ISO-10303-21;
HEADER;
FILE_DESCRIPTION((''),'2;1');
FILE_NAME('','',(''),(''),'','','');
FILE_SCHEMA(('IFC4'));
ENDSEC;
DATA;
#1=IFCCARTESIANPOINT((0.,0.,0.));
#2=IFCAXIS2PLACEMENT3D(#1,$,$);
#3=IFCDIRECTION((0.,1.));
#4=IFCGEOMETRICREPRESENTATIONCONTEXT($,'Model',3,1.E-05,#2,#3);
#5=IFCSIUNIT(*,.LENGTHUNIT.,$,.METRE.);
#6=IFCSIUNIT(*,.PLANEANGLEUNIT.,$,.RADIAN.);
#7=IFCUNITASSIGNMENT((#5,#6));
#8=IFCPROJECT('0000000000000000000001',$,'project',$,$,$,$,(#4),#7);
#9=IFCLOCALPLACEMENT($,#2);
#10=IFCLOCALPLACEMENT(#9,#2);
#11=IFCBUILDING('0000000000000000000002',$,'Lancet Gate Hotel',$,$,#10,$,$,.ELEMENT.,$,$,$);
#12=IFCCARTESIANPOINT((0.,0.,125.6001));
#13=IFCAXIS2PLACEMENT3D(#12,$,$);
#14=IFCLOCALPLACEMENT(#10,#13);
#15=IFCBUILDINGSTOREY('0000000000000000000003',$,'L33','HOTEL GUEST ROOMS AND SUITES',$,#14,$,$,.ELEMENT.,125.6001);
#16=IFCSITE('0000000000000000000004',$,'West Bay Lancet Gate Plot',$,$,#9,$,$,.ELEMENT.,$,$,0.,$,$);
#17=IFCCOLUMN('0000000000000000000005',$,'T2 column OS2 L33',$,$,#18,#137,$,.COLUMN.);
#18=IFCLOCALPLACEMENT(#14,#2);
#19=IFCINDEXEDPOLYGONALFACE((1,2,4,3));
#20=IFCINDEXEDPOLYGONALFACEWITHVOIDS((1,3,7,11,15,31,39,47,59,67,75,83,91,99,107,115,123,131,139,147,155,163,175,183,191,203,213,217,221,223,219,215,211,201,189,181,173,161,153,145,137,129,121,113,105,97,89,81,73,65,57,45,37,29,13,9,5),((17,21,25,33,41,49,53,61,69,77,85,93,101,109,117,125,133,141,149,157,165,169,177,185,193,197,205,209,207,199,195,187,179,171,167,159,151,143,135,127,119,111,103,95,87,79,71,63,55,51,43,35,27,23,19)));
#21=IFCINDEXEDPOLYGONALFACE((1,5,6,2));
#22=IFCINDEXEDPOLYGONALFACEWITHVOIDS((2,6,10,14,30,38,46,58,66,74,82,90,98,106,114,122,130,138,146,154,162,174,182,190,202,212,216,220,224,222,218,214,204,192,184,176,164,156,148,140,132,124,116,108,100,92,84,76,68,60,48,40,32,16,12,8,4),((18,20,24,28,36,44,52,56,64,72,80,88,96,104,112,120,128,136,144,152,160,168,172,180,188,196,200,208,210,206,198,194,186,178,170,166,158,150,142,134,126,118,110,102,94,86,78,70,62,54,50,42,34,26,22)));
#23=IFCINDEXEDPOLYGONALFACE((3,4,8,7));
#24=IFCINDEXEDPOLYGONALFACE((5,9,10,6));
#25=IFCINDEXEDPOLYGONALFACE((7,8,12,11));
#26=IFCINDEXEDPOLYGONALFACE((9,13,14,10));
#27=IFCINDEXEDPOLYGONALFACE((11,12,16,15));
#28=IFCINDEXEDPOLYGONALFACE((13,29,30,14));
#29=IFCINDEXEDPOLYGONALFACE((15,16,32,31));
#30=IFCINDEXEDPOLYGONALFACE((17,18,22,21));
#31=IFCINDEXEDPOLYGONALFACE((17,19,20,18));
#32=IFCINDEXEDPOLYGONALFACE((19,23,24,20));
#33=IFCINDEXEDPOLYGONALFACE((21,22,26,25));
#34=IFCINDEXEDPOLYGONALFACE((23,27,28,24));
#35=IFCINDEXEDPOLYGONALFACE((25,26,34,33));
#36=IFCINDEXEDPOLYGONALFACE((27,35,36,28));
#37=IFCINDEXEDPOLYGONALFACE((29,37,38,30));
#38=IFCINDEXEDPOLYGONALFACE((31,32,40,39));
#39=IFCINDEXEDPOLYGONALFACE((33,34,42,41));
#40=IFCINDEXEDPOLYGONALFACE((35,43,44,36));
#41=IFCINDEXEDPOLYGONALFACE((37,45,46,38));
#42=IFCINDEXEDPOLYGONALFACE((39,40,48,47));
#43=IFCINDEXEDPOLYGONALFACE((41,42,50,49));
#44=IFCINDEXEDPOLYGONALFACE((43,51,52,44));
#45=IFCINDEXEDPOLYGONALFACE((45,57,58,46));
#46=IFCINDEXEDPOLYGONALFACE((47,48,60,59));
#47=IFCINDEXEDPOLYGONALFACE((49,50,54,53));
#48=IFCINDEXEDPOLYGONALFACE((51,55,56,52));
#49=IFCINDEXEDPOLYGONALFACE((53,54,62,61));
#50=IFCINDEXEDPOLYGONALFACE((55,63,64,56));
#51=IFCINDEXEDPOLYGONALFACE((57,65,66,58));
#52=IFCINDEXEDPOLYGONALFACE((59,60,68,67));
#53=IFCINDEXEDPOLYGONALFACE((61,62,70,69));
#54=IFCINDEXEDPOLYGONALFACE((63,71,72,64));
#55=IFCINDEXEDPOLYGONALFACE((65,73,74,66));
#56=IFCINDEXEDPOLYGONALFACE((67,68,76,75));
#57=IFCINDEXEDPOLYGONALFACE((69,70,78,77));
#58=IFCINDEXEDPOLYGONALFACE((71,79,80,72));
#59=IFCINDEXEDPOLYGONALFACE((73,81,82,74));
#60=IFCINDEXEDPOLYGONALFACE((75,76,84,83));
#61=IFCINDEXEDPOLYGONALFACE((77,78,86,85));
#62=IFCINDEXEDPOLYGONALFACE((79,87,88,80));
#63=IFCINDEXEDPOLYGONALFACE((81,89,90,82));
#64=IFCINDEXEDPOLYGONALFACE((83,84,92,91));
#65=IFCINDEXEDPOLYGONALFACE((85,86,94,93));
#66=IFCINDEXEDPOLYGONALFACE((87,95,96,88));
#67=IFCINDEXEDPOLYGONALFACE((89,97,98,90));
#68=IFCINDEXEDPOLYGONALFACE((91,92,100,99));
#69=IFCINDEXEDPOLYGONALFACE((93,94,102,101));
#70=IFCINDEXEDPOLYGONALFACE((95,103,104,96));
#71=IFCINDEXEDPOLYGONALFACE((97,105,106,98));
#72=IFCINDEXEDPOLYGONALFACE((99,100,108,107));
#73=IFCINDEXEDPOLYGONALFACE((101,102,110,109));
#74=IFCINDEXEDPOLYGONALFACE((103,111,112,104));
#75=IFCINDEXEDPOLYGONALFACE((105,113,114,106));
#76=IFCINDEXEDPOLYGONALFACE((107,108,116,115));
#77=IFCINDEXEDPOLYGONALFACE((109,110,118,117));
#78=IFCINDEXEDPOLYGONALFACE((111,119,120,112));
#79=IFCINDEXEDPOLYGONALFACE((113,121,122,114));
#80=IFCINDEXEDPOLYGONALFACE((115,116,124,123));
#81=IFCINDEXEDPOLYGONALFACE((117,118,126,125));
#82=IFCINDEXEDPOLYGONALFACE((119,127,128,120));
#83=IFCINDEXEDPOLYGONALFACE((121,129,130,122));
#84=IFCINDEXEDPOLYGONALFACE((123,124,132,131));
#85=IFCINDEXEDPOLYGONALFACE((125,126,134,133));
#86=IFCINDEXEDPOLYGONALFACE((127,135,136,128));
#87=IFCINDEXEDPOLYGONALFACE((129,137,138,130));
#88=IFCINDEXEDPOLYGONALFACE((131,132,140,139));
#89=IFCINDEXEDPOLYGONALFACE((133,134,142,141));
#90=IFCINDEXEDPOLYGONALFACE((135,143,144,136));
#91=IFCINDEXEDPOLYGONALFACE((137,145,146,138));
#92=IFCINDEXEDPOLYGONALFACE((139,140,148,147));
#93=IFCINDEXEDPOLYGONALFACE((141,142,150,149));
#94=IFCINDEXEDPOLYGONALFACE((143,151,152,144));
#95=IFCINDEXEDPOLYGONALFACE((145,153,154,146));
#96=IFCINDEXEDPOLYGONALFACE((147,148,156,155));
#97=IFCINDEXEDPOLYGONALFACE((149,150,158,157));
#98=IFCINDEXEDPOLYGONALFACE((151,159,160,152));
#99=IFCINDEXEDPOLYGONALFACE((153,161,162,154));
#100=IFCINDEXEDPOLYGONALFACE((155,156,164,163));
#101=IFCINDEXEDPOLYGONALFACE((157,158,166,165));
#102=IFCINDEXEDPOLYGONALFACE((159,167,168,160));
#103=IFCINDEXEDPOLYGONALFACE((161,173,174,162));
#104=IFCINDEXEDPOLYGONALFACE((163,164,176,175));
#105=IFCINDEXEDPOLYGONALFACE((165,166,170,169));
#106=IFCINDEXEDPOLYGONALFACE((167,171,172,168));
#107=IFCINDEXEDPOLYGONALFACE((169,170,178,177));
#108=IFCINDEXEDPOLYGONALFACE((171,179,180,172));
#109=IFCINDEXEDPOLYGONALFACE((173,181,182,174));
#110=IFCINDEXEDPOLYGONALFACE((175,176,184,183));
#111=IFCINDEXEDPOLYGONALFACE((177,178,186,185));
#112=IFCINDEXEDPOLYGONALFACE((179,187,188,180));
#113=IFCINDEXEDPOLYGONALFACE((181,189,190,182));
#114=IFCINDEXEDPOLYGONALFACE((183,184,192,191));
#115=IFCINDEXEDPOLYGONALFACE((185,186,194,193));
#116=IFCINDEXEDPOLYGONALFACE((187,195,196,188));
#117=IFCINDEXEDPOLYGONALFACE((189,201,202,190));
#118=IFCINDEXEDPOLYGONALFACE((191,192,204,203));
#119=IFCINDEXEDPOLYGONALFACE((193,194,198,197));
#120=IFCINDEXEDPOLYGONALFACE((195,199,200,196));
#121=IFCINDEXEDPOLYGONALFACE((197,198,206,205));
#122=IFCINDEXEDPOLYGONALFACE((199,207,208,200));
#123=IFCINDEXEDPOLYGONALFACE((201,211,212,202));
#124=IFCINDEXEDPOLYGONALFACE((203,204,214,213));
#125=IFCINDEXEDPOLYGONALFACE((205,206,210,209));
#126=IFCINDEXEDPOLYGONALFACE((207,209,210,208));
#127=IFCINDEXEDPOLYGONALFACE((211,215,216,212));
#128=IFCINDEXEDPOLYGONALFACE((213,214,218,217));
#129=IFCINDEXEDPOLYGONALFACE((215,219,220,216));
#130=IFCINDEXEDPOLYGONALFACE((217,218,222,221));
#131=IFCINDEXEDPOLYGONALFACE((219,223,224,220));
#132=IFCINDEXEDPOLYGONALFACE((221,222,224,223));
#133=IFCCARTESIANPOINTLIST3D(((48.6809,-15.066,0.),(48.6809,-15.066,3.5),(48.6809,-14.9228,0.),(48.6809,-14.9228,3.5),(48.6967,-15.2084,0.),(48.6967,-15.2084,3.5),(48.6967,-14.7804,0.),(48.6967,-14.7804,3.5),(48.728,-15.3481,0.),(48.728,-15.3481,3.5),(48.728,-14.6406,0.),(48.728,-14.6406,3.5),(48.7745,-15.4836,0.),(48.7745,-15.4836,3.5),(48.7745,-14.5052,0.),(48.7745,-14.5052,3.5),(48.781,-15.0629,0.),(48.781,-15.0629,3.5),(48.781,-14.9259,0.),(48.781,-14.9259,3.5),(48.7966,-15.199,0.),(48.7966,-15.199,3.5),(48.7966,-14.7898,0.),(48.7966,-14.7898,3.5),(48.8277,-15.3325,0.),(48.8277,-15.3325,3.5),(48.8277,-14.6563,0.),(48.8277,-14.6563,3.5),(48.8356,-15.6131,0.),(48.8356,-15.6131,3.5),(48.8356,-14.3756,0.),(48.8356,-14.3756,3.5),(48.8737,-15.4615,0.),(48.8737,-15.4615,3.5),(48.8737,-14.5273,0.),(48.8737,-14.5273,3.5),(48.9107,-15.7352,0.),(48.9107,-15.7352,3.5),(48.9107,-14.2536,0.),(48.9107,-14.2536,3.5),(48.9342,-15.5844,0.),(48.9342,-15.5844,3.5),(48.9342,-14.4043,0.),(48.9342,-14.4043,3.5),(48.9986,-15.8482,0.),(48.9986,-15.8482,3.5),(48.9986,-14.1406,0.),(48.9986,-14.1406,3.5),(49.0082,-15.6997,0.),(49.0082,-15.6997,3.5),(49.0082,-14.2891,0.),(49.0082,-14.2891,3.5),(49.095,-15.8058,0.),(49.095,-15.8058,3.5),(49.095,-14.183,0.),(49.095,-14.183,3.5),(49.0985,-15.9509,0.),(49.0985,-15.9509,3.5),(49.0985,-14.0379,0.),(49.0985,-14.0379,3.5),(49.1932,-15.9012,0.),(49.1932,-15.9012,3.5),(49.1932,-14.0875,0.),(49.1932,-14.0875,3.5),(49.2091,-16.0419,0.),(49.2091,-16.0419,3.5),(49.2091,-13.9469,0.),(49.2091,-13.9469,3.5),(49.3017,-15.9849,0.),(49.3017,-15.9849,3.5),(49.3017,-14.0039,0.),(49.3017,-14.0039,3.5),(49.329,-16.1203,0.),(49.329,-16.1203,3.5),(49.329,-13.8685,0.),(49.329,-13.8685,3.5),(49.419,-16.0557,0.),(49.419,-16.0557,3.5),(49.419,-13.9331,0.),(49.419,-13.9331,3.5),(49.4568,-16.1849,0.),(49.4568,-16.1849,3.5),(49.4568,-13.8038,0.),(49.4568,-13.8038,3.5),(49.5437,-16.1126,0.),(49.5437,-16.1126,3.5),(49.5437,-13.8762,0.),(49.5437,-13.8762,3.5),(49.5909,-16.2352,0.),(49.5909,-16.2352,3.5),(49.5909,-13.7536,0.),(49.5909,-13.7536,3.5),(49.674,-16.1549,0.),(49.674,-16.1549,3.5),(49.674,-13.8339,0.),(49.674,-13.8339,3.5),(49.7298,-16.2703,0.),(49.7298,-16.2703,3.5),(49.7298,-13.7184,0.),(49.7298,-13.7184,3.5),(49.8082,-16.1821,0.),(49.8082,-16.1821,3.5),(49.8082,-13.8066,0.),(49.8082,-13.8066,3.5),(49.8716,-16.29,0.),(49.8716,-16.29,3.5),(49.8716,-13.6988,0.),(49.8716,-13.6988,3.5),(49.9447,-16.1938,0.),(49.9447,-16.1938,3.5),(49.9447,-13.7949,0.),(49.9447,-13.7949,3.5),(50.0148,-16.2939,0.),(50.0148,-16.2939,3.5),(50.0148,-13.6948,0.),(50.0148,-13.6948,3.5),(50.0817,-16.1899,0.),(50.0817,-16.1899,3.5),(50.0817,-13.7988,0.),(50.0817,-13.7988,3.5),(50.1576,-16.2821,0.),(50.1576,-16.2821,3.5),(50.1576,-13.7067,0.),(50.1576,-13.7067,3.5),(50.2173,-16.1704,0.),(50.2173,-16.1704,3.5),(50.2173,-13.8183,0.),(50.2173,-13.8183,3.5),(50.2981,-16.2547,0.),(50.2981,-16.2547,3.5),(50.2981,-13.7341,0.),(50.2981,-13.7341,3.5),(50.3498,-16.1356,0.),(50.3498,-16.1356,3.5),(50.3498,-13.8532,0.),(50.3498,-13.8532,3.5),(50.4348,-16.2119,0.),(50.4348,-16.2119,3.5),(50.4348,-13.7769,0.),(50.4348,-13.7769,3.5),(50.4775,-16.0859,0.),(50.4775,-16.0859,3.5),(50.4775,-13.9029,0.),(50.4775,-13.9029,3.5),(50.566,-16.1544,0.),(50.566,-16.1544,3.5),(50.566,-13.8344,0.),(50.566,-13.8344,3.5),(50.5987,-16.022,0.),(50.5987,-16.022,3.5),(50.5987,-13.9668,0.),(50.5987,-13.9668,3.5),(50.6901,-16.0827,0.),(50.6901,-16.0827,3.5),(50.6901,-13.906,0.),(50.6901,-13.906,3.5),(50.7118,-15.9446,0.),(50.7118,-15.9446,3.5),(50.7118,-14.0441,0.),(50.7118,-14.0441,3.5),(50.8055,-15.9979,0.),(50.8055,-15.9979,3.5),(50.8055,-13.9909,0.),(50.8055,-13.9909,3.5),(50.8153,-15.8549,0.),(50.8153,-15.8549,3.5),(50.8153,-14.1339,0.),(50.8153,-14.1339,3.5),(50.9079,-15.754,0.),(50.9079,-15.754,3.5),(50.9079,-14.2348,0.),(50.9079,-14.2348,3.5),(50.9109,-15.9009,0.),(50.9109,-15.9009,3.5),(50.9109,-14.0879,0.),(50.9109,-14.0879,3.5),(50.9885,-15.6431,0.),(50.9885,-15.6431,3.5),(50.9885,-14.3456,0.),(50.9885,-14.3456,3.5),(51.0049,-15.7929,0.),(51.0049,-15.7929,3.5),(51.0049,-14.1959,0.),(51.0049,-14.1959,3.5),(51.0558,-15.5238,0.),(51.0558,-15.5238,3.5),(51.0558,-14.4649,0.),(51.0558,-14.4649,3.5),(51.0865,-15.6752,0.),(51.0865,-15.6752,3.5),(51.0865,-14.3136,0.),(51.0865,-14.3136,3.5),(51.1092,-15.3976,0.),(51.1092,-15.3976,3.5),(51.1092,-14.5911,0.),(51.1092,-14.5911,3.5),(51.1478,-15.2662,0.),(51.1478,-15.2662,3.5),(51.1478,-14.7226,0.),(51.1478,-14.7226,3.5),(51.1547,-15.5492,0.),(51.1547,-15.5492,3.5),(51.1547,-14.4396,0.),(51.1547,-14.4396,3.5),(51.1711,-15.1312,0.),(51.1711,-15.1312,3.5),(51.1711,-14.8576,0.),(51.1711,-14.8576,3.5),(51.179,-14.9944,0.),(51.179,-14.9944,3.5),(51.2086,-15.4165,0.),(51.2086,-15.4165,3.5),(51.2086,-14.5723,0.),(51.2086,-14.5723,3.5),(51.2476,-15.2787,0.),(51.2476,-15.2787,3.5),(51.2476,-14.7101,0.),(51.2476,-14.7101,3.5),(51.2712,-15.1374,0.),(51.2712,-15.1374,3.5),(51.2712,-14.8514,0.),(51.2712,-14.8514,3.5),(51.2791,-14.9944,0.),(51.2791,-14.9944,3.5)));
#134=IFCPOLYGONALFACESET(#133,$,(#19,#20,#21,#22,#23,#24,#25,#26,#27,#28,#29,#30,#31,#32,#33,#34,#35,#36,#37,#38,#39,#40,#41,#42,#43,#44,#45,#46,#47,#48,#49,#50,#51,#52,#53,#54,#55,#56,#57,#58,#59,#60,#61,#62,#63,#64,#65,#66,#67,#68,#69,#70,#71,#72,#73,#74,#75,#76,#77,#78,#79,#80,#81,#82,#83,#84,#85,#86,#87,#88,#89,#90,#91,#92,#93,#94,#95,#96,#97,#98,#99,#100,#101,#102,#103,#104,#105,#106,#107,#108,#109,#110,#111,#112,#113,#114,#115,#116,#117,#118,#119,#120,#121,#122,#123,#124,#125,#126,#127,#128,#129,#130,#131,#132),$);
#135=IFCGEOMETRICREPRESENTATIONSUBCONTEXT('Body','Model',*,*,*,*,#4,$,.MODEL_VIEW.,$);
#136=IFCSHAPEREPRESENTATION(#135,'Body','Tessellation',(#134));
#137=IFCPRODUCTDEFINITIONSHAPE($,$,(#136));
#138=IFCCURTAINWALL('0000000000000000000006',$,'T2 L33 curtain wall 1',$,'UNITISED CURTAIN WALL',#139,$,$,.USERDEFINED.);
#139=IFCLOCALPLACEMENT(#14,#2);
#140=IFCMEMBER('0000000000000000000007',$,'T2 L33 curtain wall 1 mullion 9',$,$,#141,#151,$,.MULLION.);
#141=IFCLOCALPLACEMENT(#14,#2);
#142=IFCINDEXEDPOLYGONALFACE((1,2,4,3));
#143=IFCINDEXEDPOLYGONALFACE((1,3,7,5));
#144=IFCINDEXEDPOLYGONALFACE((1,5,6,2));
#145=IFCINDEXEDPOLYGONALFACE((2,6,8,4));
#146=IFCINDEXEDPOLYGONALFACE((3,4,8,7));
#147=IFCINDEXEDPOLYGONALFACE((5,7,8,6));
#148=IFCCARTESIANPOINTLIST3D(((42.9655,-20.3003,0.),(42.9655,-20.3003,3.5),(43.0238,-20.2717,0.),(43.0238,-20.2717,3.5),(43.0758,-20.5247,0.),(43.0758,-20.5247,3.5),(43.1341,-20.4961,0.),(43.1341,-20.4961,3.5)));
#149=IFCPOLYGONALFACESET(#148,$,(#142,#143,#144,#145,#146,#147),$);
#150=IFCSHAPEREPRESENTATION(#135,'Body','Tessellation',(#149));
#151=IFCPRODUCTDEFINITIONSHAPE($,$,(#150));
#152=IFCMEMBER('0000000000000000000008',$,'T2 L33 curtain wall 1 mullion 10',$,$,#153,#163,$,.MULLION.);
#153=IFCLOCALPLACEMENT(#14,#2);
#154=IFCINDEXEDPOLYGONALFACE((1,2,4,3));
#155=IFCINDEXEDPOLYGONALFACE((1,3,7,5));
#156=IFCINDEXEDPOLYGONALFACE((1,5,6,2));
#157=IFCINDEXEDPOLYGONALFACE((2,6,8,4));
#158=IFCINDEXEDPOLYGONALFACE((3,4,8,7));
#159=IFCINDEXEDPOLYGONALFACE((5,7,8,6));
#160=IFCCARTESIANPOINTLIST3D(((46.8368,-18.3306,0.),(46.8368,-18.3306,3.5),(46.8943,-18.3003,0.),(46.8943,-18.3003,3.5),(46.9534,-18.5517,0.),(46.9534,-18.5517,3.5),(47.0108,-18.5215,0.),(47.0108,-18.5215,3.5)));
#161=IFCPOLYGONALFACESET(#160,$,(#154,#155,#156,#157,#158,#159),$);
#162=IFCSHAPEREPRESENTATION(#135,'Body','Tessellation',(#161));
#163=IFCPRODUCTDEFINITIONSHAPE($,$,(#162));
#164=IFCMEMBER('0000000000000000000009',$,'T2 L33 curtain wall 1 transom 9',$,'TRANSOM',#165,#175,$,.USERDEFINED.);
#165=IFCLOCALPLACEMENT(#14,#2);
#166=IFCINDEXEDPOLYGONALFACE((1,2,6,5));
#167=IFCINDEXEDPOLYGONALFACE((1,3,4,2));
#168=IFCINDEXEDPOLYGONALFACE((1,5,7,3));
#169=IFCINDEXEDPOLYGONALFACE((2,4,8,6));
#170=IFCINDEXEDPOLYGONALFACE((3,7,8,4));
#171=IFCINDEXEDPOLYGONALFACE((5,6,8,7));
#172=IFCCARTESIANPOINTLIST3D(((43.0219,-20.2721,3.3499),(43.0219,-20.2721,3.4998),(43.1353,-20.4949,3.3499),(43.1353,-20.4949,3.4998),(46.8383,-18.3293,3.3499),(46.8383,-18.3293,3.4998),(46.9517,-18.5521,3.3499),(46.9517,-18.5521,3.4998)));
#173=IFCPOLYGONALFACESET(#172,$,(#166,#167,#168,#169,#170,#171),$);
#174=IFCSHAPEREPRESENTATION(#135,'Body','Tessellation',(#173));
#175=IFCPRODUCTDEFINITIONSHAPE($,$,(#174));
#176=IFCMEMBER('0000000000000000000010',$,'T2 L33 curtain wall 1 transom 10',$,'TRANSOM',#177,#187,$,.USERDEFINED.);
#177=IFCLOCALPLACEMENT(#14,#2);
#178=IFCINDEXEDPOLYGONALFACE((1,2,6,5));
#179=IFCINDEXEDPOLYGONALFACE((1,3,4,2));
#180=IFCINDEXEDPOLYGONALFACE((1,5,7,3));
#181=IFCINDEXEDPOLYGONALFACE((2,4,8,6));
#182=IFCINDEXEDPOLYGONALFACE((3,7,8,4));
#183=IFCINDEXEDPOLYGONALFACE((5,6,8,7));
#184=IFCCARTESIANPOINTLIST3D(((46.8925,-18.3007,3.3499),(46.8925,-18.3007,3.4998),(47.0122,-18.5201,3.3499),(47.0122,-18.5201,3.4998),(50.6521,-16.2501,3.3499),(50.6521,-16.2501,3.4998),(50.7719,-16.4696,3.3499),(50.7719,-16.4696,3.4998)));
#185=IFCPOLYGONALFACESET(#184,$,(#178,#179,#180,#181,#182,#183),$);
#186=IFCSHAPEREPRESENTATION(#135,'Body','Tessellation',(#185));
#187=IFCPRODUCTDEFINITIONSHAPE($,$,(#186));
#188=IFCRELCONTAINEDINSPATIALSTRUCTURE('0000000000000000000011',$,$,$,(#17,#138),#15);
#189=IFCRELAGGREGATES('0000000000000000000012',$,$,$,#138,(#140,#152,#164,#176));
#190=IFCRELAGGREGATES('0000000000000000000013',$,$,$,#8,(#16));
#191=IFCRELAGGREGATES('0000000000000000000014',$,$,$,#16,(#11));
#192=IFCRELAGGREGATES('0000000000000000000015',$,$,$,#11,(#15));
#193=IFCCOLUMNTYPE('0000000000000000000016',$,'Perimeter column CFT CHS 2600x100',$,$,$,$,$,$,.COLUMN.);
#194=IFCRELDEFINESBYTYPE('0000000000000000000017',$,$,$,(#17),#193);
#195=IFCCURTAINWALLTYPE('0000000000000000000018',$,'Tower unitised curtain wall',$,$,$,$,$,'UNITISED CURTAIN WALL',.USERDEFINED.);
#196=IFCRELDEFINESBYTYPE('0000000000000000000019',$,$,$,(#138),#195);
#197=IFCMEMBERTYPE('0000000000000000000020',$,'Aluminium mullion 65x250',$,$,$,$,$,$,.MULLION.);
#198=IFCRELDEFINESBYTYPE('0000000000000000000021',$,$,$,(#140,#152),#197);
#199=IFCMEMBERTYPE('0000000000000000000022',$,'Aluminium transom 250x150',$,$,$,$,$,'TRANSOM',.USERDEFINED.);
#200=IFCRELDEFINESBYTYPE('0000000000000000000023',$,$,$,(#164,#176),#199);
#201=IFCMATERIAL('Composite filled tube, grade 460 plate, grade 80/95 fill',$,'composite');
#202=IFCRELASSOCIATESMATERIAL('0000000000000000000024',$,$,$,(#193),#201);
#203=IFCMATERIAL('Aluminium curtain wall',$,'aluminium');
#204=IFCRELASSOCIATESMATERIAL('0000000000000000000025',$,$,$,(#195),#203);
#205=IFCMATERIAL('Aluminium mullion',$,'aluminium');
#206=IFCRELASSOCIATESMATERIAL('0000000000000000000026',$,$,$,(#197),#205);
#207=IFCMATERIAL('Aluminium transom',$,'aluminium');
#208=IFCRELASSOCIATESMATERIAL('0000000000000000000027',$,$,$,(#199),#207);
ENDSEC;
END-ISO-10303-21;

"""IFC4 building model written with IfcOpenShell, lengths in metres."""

from ifc_helpers import new_model, si_unit, direction, frame, origin, origin_2d, place, context, subcontext, project, spatial, rectangle, hollow_circle, extrude, material, material_profile, profile_set, type_object, element, aggregate, save


model = new_model("IFC4")

# Units and contexts
model_context = context("Model", 3, precision=1e-05, world=origin(), true_north=direction((0.0, 1.0)))
body_context = subcontext(model_context, "Body", "Model", "MODEL_VIEW")
ifc_project = project(units=[si_unit("LENGTHUNIT", "METRE"), si_unit("PLANEANGLEUNIT", "RADIAN")], contexts=[model_context])

# Site, building, storey
site_placement = place(None, origin())
site = spatial("IfcSite", under=ifc_project, at=site_placement, Name="West Bay Lancet Gate Plot", CompositionType="ELEMENT", RefElevation=0.0)
building_placement = place(site_placement, origin())
building = spatial("IfcBuilding", under=site, at=building_placement, Name="Lancet Gate Hotel", CompositionType="ELEMENT")
storey_placement = place(building_placement, frame((0.0, 0.0, 125.6001)))
storey = spatial("IfcBuildingStorey", under=building, at=storey_placement, Name="L33", Description="HOTEL GUEST ROOMS AND SUITES", CompositionType="ELEMENT", Elevation=125.6001)

# Column
ifc_material_1 = material(Name="Composite filled tube, grade 460 plate, grade 80/95 fill", Category="composite")
ifc_material_profile_1 = material_profile(ifc_material_1, hollow_circle(Radius=1.3, WallThickness=0.1001, at=origin_2d()), Name="CHS 2600x100")
ifc_profile_set_1 = profile_set([ifc_material_profile_1], Name="Composite filled tube, grade 460 plate, grade 80/95 fill")
column_type = type_object("IfcColumnType", Name="Perimeter column CFT CHS 2600x100", PredefinedType="COLUMN", material=ifc_profile_set_1)
for number, where, z_axis, x_axis, name in (
    (1, (49.979, -14.9944, 0.0), (0.0, 0.0, 1.0), (1.0, 0.0, 0.0), "T2 column OS2 L33"),
):
    element("IfcColumn", number, at=place(storey_placement, frame(where, z_axis=z_axis, x_axis=x_axis)), inside=storey, type_object=column_type, Name=name, PredefinedType="COLUMN", context=body_context, shape_type="SweptSolid", body=[
        extrude(hollow_circle(Radius=1.3, WallThickness=0.1001, at=origin_2d()), origin(), (0.0, 0.0, 1.0), 3.5),
    ])

# Curtain wall, members
ifc_material_2 = material(Name="Aluminium curtain wall", Category="aluminium")
curtain_wall_type = type_object("IfcCurtainWallType", Name="Tower unitised curtain wall", ElementType="UNITISED CURTAIN WALL", PredefinedType="USERDEFINED", material=ifc_material_2)
curtain_wall_placement = place(storey_placement, origin())
curtain_wall = element("IfcCurtainWall", 2, at=curtain_wall_placement, inside=storey, type_object=curtain_wall_type, Name="T2 L33 curtain wall 1", ObjectType="UNITISED CURTAIN WALL", PredefinedType="USERDEFINED")
ifc_material_3 = material(Name="Aluminium mullion", Category="aluminium")
ifc_material_profile_2 = material_profile(ifc_material_3, rectangle(XDim=0.0649, YDim=0.25, at=origin_2d()), Name="MULLION 65x250")
ifc_profile_set_2 = profile_set([ifc_material_profile_2], Name="Aluminium mullion")
member_type_1 = type_object("IfcMemberType", Name="Aluminium mullion 65x250", PredefinedType="MULLION", material=ifc_profile_set_2)
member_1_placement = place(storey_placement, frame((43.0498, -20.3982, 0.0), z_axis=(0.0, 0.0, 1.0), x_axis=(0.897512, 0.44099, 0.0)))
member_1 = element("IfcMember", 3, at=member_1_placement, type_object=member_type_1, Name="T2 L33 curtain wall 1 mullion 9", PredefinedType="MULLION", context=body_context, shape_type="SweptSolid", body=[
    extrude(rectangle(XDim=0.0649, YDim=0.25, at=origin_2d()), origin(), (0.0, 0.0, 1.0), 3.5),
])
member_2_placement = place(storey_placement, frame((46.9238, -18.426, 0.0), z_axis=(0.0, 0.0, 1.0), x_axis=(0.884627, 0.466299, 0.0)))
member_2 = element("IfcMember", 4, at=member_2_placement, type_object=member_type_1, Name="T2 L33 curtain wall 1 mullion 10", PredefinedType="MULLION", context=body_context, shape_type="SweptSolid", body=[
    extrude(rectangle(XDim=0.0649, YDim=0.25, at=origin_2d()), origin(), (0.0, 0.0, 1.0), 3.5),
])
ifc_material_4 = material(Name="Aluminium transom", Category="aluminium")
ifc_material_profile_3 = material_profile(ifc_material_4, rectangle(XDim=0.25, YDim=0.1499, at=origin_2d()), Name="TRANSOM 250x150")
ifc_profile_set_3 = profile_set([ifc_material_profile_3], Name="Aluminium transom")
member_type_2 = type_object("IfcMemberType", Name="Aluminium transom 250x150", ElementType="TRANSOM", PredefinedType="USERDEFINED", material=ifc_profile_set_3)
member_3_placement = place(storey_placement, frame((43.0786, -20.3835, 3.4248), z_axis=(0.891166, 0.453678, 0.0), x_axis=(-0.453678, 0.891166, 0.0)))
member_3 = element("IfcMember", 5, at=member_3_placement, type_object=member_type_2, Name="T2 L33 curtain wall 1 transom 9", ObjectType="TRANSOM", PredefinedType="USERDEFINED", context=body_context, shape_type="SweptSolid", body=[
    extrude(rectangle(XDim=0.25, YDim=0.1499, at=origin_2d()), origin(), (0.0, 0.0, 1.0), 4.2825),
])
member_4_placement = place(storey_placement, frame((46.9524, -18.4104, 3.4248), z_axis=(0.877906, 0.478832, 0.0), x_axis=(-0.478832, 0.877906, 0.0)))
member_4 = element("IfcMember", 6, at=member_4_placement, type_object=member_type_2, Name="T2 L33 curtain wall 1 transom 10", ObjectType="TRANSOM", PredefinedType="USERDEFINED", context=body_context, shape_type="SweptSolid", body=[
    extrude(rectangle(XDim=0.25, YDim=0.1499, at=origin_2d()), origin(), (0.0, 0.0, 1.0), 4.2825),
])

aggregate(curtain_wall, [member_1, member_2, member_3, member_4])

save(model, "model.ifc")
